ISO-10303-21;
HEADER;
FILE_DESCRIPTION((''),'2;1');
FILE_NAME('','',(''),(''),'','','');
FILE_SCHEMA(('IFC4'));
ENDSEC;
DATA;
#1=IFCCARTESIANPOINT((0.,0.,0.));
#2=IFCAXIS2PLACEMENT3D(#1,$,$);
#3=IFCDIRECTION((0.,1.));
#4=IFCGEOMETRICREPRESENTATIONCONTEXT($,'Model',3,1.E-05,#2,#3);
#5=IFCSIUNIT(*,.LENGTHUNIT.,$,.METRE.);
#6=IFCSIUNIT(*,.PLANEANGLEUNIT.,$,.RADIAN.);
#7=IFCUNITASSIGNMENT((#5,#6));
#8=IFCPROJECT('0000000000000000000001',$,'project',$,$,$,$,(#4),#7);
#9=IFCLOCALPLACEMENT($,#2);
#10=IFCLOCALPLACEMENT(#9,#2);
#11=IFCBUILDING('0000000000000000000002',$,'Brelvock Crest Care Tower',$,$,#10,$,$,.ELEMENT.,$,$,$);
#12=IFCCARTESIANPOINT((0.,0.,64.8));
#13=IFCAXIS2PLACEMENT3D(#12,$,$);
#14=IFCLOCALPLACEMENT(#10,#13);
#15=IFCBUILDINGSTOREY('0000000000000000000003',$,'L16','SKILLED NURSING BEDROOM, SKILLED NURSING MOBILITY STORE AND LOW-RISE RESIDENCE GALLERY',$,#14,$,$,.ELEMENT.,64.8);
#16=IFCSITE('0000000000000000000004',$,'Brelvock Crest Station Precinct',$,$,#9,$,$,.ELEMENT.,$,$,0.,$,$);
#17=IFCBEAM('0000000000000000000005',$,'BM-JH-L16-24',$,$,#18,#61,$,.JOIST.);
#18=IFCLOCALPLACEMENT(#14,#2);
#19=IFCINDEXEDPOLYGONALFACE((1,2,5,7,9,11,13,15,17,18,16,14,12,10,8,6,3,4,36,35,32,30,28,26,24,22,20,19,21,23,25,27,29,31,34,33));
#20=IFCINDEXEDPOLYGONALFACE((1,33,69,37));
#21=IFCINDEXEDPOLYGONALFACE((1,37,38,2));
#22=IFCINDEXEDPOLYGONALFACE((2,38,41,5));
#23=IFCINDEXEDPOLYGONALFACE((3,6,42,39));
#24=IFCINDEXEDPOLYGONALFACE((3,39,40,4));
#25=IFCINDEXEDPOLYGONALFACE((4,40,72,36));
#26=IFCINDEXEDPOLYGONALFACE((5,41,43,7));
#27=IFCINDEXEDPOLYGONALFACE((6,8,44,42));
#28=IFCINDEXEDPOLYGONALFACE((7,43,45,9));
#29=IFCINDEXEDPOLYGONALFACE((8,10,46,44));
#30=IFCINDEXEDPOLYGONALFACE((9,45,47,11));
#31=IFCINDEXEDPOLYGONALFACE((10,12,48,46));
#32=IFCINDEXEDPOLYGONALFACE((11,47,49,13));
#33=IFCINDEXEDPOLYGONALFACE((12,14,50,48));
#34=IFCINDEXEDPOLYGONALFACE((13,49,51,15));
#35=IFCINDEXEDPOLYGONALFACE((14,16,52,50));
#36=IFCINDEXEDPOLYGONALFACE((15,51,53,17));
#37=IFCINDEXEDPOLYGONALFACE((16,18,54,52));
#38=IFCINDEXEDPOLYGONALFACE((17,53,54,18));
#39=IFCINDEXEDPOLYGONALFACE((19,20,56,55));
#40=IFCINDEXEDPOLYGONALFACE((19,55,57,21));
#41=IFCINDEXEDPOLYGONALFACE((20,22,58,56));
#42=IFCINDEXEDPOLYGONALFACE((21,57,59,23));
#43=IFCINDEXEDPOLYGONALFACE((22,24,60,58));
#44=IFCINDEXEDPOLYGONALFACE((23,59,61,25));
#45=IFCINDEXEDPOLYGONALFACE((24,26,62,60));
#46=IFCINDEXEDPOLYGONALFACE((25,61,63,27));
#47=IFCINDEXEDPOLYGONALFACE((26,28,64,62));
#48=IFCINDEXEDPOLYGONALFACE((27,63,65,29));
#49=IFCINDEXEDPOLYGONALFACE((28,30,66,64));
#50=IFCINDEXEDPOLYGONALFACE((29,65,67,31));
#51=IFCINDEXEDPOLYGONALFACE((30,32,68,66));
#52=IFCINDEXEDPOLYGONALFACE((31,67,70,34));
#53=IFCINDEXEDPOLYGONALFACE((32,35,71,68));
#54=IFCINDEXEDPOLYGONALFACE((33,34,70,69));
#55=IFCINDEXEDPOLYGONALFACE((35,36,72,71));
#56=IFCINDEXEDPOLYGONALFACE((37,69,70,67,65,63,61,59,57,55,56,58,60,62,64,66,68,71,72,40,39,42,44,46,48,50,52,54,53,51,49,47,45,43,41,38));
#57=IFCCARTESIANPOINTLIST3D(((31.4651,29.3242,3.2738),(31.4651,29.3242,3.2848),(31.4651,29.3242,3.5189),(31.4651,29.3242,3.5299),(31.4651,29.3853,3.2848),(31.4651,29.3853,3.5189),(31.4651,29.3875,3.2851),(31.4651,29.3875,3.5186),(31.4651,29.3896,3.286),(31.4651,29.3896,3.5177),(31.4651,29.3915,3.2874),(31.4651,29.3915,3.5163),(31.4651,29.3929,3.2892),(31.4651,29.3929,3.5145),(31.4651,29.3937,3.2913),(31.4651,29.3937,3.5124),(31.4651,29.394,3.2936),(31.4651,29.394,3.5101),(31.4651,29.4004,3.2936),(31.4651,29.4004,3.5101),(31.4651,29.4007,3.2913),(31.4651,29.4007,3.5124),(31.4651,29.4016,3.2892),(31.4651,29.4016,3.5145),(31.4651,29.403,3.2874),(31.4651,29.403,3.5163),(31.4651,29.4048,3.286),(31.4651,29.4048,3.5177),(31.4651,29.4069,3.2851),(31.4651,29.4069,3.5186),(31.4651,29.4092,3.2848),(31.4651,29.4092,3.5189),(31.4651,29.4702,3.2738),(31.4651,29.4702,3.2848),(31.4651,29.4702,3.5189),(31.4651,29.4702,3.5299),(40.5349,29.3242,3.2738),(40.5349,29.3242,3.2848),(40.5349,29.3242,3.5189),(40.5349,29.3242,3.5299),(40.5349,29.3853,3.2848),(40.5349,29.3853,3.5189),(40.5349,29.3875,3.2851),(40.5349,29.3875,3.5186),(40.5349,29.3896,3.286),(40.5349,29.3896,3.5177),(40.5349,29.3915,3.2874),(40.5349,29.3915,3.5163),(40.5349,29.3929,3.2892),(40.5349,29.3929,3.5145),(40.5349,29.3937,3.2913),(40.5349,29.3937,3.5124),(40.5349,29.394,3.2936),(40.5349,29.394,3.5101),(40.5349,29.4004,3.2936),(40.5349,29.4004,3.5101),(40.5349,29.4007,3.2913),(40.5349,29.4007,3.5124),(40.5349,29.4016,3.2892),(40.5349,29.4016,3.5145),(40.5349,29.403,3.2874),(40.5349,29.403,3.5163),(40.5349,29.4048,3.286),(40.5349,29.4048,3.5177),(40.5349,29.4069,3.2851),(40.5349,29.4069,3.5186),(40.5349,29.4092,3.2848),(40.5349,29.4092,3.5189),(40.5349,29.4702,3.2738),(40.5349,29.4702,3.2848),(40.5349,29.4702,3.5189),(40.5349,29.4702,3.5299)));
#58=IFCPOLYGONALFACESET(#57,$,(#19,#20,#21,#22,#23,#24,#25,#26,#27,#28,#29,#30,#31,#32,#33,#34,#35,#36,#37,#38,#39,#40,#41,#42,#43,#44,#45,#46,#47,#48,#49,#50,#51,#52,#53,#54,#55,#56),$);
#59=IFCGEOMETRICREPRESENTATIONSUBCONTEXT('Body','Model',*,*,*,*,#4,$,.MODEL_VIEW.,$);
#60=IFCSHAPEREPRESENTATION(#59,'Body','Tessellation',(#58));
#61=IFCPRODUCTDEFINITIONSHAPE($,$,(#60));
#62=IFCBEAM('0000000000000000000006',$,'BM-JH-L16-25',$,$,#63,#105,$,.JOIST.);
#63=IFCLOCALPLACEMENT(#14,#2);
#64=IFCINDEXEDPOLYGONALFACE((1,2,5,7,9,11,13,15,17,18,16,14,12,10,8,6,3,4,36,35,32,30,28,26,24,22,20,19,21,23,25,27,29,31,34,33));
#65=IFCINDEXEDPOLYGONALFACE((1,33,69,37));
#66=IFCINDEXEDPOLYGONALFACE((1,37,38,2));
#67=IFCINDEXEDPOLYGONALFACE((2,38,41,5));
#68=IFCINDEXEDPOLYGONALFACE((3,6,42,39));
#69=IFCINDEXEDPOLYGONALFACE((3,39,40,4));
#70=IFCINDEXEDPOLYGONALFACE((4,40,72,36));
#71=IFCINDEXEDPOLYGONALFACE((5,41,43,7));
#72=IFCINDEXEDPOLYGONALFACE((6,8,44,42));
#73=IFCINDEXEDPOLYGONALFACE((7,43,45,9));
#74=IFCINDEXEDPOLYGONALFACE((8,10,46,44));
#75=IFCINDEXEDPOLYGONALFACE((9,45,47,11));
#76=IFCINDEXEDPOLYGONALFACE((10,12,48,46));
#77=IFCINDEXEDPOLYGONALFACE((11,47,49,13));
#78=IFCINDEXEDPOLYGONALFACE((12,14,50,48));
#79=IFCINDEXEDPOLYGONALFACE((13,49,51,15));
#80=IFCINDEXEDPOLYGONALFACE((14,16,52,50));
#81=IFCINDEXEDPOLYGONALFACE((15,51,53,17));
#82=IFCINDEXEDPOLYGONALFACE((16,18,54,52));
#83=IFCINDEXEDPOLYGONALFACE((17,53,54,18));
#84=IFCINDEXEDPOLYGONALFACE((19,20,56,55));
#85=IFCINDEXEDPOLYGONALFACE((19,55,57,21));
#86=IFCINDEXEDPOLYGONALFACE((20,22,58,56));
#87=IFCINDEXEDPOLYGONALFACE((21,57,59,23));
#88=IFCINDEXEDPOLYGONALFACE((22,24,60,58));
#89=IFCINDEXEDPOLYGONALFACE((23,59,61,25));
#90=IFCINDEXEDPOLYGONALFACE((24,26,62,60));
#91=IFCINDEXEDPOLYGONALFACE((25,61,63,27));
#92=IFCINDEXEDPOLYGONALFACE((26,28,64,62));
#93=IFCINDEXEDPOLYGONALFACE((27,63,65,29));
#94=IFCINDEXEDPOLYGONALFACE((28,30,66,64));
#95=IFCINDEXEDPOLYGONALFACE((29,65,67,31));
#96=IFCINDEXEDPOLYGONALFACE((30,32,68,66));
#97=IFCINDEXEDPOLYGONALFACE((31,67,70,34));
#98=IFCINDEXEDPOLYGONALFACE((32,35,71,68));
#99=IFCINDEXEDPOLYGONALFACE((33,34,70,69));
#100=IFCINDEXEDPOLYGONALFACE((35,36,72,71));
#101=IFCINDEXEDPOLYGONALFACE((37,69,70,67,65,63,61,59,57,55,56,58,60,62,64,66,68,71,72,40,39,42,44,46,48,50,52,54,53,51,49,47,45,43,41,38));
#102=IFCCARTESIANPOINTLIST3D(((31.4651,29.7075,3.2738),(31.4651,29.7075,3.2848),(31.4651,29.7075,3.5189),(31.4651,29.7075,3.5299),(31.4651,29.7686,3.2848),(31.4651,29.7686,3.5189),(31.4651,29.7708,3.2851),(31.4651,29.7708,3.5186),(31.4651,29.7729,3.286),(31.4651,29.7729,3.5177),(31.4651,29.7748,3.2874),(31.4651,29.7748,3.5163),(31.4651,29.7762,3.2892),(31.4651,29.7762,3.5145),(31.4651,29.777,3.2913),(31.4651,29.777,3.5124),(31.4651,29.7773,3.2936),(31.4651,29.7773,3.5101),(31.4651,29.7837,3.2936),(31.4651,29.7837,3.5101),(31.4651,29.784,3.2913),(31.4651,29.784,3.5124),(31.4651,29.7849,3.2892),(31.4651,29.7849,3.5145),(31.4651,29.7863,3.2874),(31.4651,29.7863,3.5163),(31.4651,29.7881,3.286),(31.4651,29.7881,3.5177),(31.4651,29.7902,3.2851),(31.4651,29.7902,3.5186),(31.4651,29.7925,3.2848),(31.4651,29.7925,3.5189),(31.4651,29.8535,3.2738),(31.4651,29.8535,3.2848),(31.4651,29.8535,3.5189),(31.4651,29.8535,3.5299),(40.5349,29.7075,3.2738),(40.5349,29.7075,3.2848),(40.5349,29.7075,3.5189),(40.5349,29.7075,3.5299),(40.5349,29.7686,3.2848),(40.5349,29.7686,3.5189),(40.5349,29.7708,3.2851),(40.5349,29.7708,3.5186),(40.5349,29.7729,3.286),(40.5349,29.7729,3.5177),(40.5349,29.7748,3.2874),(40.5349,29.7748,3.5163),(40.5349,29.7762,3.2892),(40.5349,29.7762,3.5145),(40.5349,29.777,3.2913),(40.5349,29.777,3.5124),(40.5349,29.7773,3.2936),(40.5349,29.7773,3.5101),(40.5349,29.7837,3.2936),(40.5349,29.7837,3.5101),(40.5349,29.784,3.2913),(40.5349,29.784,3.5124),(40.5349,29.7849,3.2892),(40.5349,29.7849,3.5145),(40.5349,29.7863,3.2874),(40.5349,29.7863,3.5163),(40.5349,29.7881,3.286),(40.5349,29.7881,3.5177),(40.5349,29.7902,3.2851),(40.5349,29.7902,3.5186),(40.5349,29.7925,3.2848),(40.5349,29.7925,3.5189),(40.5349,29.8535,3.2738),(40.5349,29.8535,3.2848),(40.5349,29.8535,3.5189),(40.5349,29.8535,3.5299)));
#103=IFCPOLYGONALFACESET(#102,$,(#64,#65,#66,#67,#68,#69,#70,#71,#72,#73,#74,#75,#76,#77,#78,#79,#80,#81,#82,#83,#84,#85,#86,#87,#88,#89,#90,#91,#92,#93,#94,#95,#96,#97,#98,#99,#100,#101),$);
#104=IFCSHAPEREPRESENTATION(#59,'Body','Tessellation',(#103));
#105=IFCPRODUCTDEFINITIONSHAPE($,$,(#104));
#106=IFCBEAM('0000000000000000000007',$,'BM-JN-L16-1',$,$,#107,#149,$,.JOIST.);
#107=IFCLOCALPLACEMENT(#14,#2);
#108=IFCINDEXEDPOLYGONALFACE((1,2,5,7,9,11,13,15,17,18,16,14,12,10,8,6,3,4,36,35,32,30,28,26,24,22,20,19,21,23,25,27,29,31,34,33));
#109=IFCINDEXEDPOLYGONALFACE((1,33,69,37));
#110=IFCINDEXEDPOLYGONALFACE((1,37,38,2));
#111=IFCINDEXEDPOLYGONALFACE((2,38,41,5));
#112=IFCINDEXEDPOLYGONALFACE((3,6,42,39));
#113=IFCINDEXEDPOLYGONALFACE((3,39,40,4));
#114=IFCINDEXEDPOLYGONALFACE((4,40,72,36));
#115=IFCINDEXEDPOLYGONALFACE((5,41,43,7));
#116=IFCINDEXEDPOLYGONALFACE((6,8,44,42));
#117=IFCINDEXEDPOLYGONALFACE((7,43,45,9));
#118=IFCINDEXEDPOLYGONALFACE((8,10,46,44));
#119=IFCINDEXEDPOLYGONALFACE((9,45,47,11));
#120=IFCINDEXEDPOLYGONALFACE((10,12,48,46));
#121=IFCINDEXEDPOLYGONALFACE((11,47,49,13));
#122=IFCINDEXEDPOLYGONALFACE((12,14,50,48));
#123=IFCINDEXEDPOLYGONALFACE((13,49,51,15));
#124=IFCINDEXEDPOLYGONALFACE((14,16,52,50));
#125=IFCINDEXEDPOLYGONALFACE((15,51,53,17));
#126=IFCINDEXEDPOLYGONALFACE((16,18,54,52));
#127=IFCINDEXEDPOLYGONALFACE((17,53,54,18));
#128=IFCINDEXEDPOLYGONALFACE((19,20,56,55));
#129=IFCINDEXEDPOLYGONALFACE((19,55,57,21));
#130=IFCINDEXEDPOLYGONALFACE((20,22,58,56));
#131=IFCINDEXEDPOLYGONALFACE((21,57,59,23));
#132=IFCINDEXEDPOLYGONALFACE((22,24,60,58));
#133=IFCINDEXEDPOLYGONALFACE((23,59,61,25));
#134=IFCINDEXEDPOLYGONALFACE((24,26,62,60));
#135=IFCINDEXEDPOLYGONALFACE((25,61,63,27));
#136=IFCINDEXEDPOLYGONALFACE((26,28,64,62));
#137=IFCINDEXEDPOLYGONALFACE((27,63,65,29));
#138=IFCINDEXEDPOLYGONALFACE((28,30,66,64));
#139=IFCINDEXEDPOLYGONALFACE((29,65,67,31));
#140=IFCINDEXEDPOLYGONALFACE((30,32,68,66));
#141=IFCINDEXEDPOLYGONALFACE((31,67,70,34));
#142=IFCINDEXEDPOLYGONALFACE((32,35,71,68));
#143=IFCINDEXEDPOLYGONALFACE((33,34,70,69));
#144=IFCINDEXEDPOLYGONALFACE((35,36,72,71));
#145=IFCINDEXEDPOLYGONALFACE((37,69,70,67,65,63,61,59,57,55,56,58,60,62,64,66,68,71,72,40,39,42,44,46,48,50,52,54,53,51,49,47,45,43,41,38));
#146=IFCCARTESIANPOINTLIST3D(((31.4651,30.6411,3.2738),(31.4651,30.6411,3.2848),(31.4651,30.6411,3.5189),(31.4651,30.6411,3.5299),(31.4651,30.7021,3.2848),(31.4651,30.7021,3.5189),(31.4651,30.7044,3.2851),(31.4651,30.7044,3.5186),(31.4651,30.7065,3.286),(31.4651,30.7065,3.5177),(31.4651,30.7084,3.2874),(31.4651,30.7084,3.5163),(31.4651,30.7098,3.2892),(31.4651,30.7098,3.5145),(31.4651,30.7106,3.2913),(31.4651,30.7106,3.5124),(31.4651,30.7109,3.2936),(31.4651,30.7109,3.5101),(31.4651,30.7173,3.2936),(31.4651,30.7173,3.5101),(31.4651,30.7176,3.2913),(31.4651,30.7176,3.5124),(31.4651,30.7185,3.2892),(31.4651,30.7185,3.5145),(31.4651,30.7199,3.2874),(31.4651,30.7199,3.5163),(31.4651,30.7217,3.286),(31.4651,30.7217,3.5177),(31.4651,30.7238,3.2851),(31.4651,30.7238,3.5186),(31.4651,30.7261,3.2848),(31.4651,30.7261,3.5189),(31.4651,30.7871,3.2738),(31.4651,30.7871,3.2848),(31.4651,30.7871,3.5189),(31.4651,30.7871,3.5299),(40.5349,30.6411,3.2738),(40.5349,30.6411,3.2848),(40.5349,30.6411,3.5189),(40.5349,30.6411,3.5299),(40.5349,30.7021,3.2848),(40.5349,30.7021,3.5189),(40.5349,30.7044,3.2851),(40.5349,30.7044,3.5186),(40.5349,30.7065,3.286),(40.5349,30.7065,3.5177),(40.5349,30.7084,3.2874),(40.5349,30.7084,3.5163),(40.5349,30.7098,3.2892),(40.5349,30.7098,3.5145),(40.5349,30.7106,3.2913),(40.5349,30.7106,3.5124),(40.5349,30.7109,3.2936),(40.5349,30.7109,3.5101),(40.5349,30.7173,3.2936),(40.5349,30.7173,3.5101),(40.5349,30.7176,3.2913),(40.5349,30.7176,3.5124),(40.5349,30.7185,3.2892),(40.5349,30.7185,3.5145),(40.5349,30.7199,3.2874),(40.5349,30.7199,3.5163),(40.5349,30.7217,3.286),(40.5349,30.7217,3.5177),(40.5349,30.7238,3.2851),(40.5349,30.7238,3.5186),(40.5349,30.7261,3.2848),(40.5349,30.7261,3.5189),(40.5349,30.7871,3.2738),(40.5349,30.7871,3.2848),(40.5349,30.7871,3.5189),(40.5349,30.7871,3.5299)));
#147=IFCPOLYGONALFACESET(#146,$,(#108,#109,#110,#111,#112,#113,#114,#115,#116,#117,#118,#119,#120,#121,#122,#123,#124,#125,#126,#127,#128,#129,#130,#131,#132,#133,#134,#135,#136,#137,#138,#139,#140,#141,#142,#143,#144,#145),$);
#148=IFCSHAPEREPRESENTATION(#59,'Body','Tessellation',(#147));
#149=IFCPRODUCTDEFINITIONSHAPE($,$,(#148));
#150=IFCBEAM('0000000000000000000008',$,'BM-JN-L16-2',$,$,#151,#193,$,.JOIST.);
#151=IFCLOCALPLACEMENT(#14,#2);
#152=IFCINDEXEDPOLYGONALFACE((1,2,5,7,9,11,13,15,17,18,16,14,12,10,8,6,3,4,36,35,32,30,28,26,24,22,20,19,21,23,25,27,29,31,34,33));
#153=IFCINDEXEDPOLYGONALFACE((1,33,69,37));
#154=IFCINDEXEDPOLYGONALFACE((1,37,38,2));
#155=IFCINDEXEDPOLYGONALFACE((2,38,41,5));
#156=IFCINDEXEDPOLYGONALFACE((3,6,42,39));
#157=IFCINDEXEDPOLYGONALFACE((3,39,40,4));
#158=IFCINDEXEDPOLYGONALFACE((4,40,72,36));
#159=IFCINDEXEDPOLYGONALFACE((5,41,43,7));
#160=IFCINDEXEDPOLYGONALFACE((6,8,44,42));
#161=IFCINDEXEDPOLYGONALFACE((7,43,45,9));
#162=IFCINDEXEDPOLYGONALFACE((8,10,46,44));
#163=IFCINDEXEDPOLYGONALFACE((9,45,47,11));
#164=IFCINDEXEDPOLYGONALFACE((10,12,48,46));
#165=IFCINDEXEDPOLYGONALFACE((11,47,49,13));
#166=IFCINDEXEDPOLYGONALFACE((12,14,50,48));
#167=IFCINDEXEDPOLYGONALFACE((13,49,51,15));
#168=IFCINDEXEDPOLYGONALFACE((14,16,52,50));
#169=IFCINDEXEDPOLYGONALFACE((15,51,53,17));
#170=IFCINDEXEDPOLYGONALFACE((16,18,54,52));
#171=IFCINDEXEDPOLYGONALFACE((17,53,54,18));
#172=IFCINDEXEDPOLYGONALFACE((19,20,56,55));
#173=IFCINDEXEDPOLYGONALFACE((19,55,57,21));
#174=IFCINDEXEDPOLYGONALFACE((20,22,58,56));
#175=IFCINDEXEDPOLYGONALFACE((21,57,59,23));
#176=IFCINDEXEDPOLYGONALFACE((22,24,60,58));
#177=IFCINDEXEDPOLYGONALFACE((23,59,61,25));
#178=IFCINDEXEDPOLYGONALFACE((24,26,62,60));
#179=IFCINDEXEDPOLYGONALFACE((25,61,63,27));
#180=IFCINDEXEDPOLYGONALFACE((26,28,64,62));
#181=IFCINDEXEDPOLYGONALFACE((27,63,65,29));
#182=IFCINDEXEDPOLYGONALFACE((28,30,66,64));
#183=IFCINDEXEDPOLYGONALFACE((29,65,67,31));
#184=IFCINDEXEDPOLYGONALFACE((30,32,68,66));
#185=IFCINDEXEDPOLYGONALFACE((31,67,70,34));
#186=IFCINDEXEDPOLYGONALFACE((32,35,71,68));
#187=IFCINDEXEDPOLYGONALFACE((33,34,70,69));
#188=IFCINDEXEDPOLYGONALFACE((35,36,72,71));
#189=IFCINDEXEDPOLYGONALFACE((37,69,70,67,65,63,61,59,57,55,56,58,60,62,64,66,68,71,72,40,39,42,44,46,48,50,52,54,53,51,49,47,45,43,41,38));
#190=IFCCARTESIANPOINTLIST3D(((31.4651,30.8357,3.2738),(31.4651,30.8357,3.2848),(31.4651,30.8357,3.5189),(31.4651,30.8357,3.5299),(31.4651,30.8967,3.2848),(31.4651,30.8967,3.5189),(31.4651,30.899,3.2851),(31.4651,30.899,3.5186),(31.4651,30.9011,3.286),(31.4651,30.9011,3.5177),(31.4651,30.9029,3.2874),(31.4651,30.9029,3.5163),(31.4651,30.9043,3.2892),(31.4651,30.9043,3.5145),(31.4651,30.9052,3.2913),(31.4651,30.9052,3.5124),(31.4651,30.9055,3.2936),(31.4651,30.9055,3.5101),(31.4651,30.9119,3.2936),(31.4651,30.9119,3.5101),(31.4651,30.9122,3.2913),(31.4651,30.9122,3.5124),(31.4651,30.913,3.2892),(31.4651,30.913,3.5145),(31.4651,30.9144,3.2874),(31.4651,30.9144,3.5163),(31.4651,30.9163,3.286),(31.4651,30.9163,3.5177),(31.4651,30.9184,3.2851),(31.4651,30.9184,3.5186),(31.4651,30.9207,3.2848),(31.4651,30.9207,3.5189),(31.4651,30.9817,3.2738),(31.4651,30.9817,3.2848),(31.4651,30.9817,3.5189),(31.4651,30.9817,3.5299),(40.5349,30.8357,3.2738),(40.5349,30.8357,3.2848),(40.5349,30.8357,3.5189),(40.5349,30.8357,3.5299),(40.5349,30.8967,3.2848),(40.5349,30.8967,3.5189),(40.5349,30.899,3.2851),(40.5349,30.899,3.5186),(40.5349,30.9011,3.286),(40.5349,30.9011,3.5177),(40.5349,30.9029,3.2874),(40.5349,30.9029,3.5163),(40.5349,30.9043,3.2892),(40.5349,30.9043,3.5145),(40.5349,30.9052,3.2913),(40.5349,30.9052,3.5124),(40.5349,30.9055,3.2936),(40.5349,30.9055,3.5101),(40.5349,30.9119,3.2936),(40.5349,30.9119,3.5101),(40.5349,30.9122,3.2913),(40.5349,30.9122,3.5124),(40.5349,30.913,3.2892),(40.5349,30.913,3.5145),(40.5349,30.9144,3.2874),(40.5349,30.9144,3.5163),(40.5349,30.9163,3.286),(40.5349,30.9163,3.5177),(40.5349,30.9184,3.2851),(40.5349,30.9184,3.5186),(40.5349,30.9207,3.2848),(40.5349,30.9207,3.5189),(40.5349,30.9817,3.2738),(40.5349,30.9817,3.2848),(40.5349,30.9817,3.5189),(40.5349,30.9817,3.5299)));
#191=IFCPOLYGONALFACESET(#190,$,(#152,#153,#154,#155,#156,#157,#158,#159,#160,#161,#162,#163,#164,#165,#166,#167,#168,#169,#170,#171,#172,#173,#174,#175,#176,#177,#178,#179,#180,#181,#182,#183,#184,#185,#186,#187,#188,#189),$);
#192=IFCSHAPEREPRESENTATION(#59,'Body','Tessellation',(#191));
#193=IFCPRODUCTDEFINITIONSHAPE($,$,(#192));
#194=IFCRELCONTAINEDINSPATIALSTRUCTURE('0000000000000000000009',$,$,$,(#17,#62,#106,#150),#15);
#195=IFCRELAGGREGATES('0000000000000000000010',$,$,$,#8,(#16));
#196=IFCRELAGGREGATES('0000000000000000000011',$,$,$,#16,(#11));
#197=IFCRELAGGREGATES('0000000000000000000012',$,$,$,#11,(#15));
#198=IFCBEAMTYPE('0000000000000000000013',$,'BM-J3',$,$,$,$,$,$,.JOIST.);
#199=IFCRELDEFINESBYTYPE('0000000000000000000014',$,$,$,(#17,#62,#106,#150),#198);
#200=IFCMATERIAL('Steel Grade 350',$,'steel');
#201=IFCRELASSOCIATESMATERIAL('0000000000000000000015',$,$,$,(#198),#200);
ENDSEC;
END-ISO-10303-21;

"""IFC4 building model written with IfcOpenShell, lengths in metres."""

from ifc_helpers import new_model, si_unit, direction, frame, origin, origin_2d, place, context, subcontext, project, spatial, i_section, extrude, source, transform, mapped, material, material_profile, profile_set, type_object, element, save


model = new_model("IFC4")

# Units and contexts
model_context = context("Model", 3, precision=1e-05, world=origin(), true_north=direction((0.0, 1.0)))
body_context = subcontext(model_context, "Body", "Model", "MODEL_VIEW")
ifc_project = project(units=[si_unit("LENGTHUNIT", "METRE"), si_unit("PLANEANGLEUNIT", "RADIAN")], contexts=[model_context])

# Site, building, storey
site_placement = place(None, origin())
site = spatial("IfcSite", under=ifc_project, at=site_placement, Name="Brelvock Crest Station Precinct", CompositionType="ELEMENT", RefElevation=0.0)
building_placement = place(site_placement, origin())
building = spatial("IfcBuilding", under=site, at=building_placement, Name="Brelvock Crest Care Tower", CompositionType="ELEMENT")
storey_placement = place(building_placement, frame((0.0, 0.0, 64.8)))
storey = spatial("IfcBuildingStorey", under=building, at=storey_placement, Name="L16", Description="SKILLED NURSING BEDROOM, SKILLED NURSING MOBILITY STORE AND LOW-RISE RESIDENCE GALLERY", CompositionType="ELEMENT", Elevation=64.8)

# Beams
ifc_material_1 = material(Name="Steel Grade 350", Category="steel")
ifc_material_profile = material_profile(ifc_material_1, i_section(OverallWidth=0.146, OverallDepth=0.2561, WebThickness=0.0063, FlangeThickness=0.011, FilletRadius=0.0088, at=origin_2d()), Name="250UB37.3")
ifc_profile_set = profile_set([ifc_material_profile], Name="Steel Grade 350")
beam_type = type_object("IfcBeamType", Name="BM-J3", PredefinedType="JOIST", material=ifc_profile_set)
shared_shape_1 = source(origin(), body_context, "Body", "SweptSolid", [
    extrude(i_section(OverallWidth=0.146, OverallDepth=0.2561, WebThickness=0.0063, FlangeThickness=0.011, FilletRadius=0.0088, at=origin_2d()), origin(), (0.0, 0.0, 1.0), 9.0698),
])
for number, where, z_axis, x_axis, name in (
    (1, (31.4651, 29.3972, 3.4019), (1.0, 0.0, 0.0), (0.0, 1.0, 0.0), "BM-JH-L16-24"),
    (2, (31.4651, 29.7805, 3.4019), (1.0, 0.0, 0.0), (0.0, 1.0, 0.0), "BM-JH-L16-25"),
    (3, (31.4651, 30.7141, 3.4019), (1.0, 0.0, 0.0), (0.0, 1.0, 0.0), "BM-JN-L16-1"),
    (4, (31.4651, 30.9087, 3.4019), (1.0, 0.0, 0.0), (0.0, 1.0, 0.0), "BM-JN-L16-2"),
):
    element("IfcBeam", number, at=place(storey_placement, frame(where, z_axis=z_axis, x_axis=x_axis)), inside=storey, type_object=beam_type, Name=name, PredefinedType="JOIST", context=body_context, shape_type="MappedRepresentation", body=[
        mapped(shared_shape_1, transform((0.0, 0.0, 0.0), x_axis=(1.0, 0.0, 0.0), y_axis=(0.0, 1.0, 0.0), z_axis=(0.0, 0.0, 1.0), scale=1.0)),
    ])

save(model, "model.ifc")
